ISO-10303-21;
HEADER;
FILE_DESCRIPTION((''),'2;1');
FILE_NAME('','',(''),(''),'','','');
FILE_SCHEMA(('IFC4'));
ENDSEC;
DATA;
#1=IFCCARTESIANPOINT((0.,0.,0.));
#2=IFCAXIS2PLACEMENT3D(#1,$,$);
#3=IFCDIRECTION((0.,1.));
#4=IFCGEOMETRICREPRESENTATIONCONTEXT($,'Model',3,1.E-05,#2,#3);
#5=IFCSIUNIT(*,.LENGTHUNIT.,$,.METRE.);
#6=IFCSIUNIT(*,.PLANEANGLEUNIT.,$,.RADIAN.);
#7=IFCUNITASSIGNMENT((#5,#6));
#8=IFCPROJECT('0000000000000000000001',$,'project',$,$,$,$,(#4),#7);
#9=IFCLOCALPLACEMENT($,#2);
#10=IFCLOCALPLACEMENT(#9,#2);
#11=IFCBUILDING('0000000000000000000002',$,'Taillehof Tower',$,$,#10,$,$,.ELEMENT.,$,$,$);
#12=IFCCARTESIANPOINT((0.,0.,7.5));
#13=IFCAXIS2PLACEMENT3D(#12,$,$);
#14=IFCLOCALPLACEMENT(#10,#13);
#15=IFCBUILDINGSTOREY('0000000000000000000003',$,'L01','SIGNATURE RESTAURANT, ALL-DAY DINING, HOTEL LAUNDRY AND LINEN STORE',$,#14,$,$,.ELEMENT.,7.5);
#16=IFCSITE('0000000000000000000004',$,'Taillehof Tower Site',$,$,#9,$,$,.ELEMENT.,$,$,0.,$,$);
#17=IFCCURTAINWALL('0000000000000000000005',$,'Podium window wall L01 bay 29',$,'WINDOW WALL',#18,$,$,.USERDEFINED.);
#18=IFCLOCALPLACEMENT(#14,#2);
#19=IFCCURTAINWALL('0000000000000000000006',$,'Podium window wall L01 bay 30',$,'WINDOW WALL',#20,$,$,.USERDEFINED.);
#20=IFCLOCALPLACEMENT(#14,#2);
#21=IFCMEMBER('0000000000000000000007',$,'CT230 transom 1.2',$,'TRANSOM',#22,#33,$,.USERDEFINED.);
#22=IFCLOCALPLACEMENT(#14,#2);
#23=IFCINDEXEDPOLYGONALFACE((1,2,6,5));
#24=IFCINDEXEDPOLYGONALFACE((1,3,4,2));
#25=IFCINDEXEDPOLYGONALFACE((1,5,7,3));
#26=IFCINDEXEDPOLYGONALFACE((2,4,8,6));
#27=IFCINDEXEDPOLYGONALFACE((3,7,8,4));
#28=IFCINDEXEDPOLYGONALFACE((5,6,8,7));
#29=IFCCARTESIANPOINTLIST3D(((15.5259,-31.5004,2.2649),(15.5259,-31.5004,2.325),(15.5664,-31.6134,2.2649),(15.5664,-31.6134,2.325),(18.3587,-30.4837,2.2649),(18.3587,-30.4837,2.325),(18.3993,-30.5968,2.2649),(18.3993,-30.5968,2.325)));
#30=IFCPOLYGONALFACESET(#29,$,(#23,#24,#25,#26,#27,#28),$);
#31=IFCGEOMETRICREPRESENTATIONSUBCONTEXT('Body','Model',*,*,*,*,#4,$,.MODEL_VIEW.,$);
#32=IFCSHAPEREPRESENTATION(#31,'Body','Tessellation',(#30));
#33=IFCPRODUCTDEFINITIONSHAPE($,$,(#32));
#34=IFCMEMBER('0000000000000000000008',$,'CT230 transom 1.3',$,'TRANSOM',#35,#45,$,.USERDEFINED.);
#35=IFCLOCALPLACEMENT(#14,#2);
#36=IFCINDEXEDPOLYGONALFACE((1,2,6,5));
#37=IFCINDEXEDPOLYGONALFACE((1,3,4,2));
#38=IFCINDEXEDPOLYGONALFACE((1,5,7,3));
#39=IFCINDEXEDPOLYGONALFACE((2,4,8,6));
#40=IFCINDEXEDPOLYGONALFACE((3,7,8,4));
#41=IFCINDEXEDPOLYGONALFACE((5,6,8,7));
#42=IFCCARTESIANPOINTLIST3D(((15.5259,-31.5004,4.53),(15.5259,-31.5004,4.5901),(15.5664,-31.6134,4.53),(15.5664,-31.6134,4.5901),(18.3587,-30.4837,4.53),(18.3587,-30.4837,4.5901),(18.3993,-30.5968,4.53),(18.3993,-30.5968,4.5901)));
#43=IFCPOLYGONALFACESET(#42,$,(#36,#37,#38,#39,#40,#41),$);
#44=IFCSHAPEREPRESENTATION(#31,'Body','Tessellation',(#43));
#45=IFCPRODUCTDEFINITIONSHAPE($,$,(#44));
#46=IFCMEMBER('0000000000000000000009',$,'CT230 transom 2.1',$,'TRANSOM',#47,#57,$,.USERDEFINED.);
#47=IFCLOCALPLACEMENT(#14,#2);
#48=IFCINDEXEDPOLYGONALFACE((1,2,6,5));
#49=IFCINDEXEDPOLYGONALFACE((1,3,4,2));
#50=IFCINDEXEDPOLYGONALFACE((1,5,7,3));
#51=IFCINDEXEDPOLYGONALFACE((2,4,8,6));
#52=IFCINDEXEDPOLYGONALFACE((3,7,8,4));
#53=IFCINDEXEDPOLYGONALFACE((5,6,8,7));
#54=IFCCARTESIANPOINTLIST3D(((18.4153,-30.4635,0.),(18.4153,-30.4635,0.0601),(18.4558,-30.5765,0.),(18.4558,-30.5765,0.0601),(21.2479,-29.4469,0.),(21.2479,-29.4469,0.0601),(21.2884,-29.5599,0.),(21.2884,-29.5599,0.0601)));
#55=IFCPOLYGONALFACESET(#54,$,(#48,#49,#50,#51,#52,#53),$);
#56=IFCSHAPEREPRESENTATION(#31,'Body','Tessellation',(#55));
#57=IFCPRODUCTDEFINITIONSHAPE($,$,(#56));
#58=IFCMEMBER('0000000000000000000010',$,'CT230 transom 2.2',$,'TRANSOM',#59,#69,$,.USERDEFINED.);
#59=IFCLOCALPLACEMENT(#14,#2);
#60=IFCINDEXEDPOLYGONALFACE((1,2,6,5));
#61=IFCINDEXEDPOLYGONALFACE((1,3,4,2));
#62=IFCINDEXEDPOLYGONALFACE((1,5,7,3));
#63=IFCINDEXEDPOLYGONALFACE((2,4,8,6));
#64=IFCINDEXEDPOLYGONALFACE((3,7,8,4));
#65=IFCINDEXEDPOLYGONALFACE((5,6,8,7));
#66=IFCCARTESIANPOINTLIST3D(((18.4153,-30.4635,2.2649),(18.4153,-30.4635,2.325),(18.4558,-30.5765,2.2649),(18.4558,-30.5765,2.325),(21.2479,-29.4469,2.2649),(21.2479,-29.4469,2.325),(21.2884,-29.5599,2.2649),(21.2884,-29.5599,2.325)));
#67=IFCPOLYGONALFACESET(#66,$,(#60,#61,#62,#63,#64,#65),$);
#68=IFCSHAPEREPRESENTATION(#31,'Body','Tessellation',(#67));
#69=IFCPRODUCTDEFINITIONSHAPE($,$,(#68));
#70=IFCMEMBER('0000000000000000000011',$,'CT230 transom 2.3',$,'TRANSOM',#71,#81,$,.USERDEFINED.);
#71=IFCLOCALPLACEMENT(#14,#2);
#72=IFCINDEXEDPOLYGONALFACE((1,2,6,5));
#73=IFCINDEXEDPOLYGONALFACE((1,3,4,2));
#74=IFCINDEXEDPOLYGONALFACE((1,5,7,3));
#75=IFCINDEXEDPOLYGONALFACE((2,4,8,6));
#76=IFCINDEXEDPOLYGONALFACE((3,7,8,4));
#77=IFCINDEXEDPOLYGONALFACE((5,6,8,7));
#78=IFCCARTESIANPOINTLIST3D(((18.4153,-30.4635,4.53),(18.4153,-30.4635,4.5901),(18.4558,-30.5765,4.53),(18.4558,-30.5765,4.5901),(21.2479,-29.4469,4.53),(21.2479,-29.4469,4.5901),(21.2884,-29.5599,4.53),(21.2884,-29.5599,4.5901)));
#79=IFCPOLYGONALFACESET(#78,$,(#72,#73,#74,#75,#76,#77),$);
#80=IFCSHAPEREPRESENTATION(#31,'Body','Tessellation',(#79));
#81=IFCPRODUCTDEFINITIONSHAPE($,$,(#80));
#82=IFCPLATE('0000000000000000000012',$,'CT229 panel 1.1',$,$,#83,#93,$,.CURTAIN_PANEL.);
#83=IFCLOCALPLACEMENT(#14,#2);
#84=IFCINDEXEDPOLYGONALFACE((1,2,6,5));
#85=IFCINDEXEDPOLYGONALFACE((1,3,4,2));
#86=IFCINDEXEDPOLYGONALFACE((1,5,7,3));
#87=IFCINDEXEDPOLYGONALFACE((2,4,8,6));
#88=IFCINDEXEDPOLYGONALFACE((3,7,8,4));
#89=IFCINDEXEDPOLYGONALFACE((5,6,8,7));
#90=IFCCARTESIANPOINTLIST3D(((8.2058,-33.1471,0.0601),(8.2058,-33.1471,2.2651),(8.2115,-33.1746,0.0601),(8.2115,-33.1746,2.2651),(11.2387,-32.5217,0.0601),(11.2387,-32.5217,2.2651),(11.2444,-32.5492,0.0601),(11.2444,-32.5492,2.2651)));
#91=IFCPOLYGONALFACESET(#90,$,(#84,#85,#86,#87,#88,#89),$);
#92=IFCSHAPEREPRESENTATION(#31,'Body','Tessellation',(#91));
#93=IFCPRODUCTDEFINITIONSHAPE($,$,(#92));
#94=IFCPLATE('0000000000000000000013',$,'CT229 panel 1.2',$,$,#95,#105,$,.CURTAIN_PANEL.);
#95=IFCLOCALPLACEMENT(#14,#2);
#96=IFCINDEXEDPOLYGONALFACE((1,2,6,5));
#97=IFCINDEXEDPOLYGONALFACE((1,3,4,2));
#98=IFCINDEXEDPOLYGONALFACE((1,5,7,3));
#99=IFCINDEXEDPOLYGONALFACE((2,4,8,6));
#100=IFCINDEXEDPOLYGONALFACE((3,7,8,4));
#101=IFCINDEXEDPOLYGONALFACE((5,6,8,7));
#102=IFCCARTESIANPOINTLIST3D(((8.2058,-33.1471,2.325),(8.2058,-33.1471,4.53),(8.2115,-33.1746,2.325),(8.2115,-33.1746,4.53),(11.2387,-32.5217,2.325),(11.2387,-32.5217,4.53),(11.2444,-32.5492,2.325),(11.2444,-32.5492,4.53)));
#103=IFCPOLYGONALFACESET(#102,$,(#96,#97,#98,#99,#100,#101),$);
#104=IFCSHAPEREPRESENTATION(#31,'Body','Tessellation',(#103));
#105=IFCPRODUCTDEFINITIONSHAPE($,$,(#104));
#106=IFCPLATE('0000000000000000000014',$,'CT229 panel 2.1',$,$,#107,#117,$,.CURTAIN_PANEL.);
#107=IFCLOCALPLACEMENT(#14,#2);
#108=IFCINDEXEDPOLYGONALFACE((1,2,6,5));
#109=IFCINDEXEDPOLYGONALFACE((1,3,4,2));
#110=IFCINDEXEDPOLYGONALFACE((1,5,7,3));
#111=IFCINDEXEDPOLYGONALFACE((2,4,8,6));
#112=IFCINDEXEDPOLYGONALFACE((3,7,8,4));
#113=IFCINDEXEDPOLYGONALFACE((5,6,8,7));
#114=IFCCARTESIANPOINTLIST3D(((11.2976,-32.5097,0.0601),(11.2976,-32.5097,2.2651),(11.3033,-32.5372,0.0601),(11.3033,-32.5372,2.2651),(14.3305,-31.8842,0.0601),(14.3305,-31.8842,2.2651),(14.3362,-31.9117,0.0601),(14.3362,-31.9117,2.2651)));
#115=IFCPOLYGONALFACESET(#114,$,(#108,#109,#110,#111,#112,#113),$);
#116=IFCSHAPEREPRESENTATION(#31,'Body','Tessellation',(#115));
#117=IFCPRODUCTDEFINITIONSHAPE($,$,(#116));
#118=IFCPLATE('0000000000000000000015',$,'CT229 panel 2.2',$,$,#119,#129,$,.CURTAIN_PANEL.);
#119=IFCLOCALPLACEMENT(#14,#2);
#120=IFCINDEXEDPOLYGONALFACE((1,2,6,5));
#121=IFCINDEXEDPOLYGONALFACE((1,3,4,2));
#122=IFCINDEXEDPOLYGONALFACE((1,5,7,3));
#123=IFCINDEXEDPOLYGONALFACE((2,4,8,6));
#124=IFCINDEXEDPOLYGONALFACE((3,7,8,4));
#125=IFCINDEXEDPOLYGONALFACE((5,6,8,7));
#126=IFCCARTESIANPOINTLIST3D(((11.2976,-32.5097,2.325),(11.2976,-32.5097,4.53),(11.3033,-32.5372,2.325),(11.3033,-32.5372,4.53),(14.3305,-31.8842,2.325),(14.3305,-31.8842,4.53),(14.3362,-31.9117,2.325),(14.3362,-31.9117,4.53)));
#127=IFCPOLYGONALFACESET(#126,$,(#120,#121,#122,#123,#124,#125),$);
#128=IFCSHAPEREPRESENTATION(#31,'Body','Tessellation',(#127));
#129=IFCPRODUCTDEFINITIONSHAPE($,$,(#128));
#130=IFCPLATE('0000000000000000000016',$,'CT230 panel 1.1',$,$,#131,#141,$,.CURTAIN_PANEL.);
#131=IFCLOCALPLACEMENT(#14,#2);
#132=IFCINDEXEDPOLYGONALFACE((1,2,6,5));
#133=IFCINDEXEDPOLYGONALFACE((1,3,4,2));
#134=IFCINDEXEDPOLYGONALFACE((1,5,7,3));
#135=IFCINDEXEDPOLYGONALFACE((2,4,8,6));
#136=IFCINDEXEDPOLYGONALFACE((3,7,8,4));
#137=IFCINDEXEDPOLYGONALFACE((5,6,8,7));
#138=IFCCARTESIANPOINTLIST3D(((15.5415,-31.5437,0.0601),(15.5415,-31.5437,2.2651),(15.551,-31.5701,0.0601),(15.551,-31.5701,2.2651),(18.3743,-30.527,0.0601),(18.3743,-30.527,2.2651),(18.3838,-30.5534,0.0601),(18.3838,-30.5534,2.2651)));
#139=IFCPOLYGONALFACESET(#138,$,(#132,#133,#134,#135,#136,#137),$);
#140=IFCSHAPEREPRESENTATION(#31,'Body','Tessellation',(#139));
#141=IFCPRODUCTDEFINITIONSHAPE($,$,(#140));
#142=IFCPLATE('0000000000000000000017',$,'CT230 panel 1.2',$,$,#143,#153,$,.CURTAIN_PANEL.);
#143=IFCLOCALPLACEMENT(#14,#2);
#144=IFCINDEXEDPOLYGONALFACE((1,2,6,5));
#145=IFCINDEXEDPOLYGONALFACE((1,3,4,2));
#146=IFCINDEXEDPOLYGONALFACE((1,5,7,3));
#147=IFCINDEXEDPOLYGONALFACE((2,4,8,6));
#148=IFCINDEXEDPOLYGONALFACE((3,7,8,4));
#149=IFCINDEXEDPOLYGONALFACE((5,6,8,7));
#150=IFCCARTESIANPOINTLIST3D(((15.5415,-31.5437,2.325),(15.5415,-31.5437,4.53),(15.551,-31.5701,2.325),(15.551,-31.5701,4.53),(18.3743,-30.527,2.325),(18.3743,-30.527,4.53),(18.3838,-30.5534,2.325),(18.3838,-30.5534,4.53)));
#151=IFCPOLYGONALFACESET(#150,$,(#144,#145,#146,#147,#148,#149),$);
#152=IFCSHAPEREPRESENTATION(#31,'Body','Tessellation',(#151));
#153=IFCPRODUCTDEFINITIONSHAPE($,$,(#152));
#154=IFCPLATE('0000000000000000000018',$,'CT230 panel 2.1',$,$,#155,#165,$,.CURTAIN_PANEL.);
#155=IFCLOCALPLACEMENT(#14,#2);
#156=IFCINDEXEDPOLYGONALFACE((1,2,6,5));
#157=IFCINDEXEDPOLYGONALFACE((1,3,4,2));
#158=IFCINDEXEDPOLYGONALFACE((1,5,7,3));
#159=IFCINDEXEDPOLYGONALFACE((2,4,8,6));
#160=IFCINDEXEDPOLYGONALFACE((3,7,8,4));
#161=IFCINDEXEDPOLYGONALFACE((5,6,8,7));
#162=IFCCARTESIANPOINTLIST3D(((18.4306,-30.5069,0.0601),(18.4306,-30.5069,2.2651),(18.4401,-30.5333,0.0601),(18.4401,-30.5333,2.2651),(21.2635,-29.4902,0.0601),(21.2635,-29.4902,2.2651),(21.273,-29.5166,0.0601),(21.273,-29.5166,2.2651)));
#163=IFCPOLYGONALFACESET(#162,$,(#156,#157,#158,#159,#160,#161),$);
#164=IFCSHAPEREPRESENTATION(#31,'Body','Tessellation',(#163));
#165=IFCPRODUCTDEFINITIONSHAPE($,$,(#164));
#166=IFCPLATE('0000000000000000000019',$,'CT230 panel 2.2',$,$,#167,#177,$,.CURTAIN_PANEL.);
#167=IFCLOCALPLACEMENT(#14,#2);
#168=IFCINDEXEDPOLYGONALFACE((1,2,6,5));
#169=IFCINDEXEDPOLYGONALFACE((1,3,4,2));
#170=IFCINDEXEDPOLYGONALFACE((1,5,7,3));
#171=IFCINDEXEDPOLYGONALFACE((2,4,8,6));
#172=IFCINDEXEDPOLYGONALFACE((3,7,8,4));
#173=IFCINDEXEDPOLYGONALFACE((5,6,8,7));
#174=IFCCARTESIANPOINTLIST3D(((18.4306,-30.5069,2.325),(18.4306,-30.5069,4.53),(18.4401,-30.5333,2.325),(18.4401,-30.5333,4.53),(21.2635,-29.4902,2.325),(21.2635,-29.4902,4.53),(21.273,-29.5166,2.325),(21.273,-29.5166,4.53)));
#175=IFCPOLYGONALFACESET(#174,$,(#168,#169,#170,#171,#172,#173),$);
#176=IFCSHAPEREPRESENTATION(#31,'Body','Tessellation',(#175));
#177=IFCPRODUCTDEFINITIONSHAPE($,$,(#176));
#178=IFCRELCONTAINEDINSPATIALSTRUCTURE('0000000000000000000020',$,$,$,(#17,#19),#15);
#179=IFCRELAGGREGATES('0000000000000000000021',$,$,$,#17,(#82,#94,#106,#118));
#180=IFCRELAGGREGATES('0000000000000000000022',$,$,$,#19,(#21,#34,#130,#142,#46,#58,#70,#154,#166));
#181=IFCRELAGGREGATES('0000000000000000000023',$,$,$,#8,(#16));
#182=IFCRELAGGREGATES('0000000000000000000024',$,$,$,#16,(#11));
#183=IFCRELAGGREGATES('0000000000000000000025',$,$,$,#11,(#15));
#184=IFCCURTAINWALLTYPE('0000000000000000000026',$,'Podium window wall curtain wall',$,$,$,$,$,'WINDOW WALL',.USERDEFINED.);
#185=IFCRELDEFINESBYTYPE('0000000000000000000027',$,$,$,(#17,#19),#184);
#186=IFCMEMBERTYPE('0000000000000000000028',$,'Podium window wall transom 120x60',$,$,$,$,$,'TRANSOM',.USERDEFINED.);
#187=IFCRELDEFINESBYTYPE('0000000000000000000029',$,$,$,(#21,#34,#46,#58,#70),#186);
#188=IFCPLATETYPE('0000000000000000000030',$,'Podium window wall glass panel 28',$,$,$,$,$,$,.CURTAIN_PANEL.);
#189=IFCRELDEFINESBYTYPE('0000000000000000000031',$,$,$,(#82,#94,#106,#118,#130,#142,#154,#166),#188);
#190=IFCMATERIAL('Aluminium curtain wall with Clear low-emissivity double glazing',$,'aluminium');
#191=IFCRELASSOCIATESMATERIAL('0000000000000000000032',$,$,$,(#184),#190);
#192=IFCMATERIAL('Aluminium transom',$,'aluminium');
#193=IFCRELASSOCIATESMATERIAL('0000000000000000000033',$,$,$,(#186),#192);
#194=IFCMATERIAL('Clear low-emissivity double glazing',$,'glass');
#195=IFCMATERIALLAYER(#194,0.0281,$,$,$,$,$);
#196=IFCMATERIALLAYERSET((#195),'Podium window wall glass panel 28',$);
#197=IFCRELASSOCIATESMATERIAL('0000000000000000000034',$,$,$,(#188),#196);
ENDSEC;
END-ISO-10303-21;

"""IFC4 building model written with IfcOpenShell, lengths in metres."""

from ifc_helpers import new_model, si_unit, direction, frame, origin, origin_2d, place, context, subcontext, project, spatial, rectangle, extrude, material, layer, layer_set, material_profile, profile_set, type_object, element, aggregate, save


model = new_model("IFC4")

# Units and contexts
model_context = context("Model", 3, precision=1e-05, world=origin(), true_north=direction((0.0, 1.0)))
body_context = subcontext(model_context, "Body", "Model", "MODEL_VIEW")
ifc_project = project(units=[si_unit("LENGTHUNIT", "METRE"), si_unit("PLANEANGLEUNIT", "RADIAN")], contexts=[model_context])

# Site, building, storey
site_placement = place(None, origin())
site = spatial("IfcSite", under=ifc_project, at=site_placement, Name="Taillehof Tower Site", CompositionType="ELEMENT", RefElevation=0.0)
building_placement = place(site_placement, origin())
building = spatial("IfcBuilding", under=site, at=building_placement, Name="Taillehof Tower", CompositionType="ELEMENT")
storey_placement = place(building_placement, frame((0.0, 0.0, 7.5)))
storey = spatial("IfcBuildingStorey", under=building, at=storey_placement, Name="L01", Description="SIGNATURE RESTAURANT, ALL-DAY DINING, HOTEL LAUNDRY AND LINEN STORE", CompositionType="ELEMENT", Elevation=7.5)

# Curtain walls
ifc_material_1 = material(Name="Aluminium curtain wall with Clear low-emissivity double glazing", Category="aluminium")
curtain_wall_type = type_object("IfcCurtainWallType", Name="Podium window wall curtain wall", ElementType="WINDOW WALL", PredefinedType="USERDEFINED", material=ifc_material_1)
curtain_wall_1_placement = place(storey_placement, origin())
curtain_wall_1 = element("IfcCurtainWall", 1, at=curtain_wall_1_placement, inside=storey, type_object=curtain_wall_type, Name="Podium window wall L01 bay 29", ObjectType="WINDOW WALL", PredefinedType="USERDEFINED")
curtain_wall_2_placement = place(storey_placement, origin())
curtain_wall_2 = element("IfcCurtainWall", 2, at=curtain_wall_2_placement, inside=storey, type_object=curtain_wall_type, Name="Podium window wall L01 bay 30", ObjectType="WINDOW WALL", PredefinedType="USERDEFINED")

# Members
ifc_material_2 = material(Name="Aluminium transom", Category="aluminium")
ifc_material_profile_1 = material_profile(ifc_material_2, rectangle(XDim=0.1201, YDim=0.0601, at=origin_2d()), Name="AL 120x60")
ifc_profile_set_1 = profile_set([ifc_material_profile_1], Name="Aluminium transom")
member_type_1 = type_object("IfcMemberType", Name="Podium window wall transom 120x60", ElementType="TRANSOM", PredefinedType="USERDEFINED", material=ifc_profile_set_1)
member_1_placement = place(storey_placement, frame((15.5461, -31.5569, 2.2949), z_axis=(0.941225, 0.33778, 0.0), x_axis=(-0.33778, 0.941225, 0.0)))
member_1 = element("IfcMember", 3, at=member_1_placement, type_object=member_type_1, Name="CT230 transom 1.2", ObjectType="TRANSOM", PredefinedType="USERDEFINED", context=body_context, shape_type="SweptSolid", body=[
    extrude(rectangle(XDim=0.1201, YDim=0.0601, at=origin_2d()), origin(), (0.0, 0.0, 1.0), 3.0098),
])
member_2_placement = place(storey_placement, frame((15.5461, -31.5569, 4.5601), z_axis=(0.941225, 0.33778, 0.0), x_axis=(-0.33778, 0.941225, 0.0)))
member_2 = element("IfcMember", 4, at=member_2_placement, type_object=member_type_1, Name="CT230 transom 1.3", ObjectType="TRANSOM", PredefinedType="USERDEFINED", context=body_context, shape_type="SweptSolid", body=[
    extrude(rectangle(XDim=0.1201, YDim=0.0601, at=origin_2d()), origin(), (0.0, 0.0, 1.0), 3.0098),
])
member_3_placement = place(storey_placement, frame((18.4355, -30.52, 0.03), z_axis=(0.941216, 0.337806, 0.0), x_axis=(-0.337806, 0.941216, 0.0)))
member_3 = element("IfcMember", 5, at=member_3_placement, type_object=member_type_1, Name="CT230 transom 2.1", ObjectType="TRANSOM", PredefinedType="USERDEFINED", context=body_context, shape_type="SweptSolid", body=[
    extrude(rectangle(XDim=0.1201, YDim=0.0601, at=origin_2d()), origin(), (0.0, 0.0, 1.0), 3.0095),
])
member_4_placement = place(storey_placement, frame((18.4355, -30.52, 2.2949), z_axis=(0.941216, 0.337806, 0.0), x_axis=(-0.337806, 0.941216, 0.0)))
member_4 = element("IfcMember", 6, at=member_4_placement, type_object=member_type_1, Name="CT230 transom 2.2", ObjectType="TRANSOM", PredefinedType="USERDEFINED", context=body_context, shape_type="SweptSolid", body=[
    extrude(rectangle(XDim=0.1201, YDim=0.0601, at=origin_2d()), origin(), (0.0, 0.0, 1.0), 3.0095),
])
member_5_placement = place(storey_placement, frame((18.4355, -30.52, 4.5601), z_axis=(0.941216, 0.337806, 0.0), x_axis=(-0.337806, 0.941216, 0.0)))
member_5 = element("IfcMember", 7, at=member_5_placement, type_object=member_type_1, Name="CT230 transom 2.3", ObjectType="TRANSOM", PredefinedType="USERDEFINED", context=body_context, shape_type="SweptSolid", body=[
    extrude(rectangle(XDim=0.1201, YDim=0.0601, at=origin_2d()), origin(), (0.0, 0.0, 1.0), 3.0095),
])

# Plates
ifc_material_3 = material(Name="Clear low-emissivity double glazing", Category="glass")
ifc_layer = layer(ifc_material_3, 0.0281)
ifc_layer_set = layer_set([ifc_layer], Name="Podium window wall glass panel 28")
plate_type = type_object("IfcPlateType", Name="Podium window wall glass panel 28", PredefinedType="CURTAIN_PANEL", material=ifc_layer_set)
plate_1_placement = place(storey_placement, frame((9.7251, -32.8481, 0.0601), z_axis=(0.0, 0.0, 1.0), x_axis=(0.97939, 0.201976, 0.0)))
plate_1 = element("IfcPlate", 8, at=plate_1_placement, type_object=plate_type, Name="CT229 panel 1.1", PredefinedType="CURTAIN_PANEL", context=body_context, shape_type="SweptSolid", body=[
    extrude(rectangle(XDim=3.0967, YDim=0.0281, at=origin_2d()), origin(), (0.0, 0.0, 1.0), 2.2051),
])
plate_2_placement = place(storey_placement, frame((9.7251, -32.8481, 2.325), z_axis=(0.0, 0.0, 1.0), x_axis=(0.97939, 0.201976, 0.0)))
plate_2 = element("IfcPlate", 9, at=plate_2_placement, type_object=plate_type, Name="CT229 panel 1.2", PredefinedType="CURTAIN_PANEL", context=body_context, shape_type="SweptSolid", body=[
    extrude(rectangle(XDim=3.0967, YDim=0.0281, at=origin_2d()), origin(), (0.0, 0.0, 1.0), 2.2051),
])
plate_3_placement = place(storey_placement, frame((12.8169, -32.2107, 0.0601), z_axis=(0.0, 0.0, 1.0), x_axis=(0.97939, 0.201976, 0.0)))
plate_3 = element("IfcPlate", 10, at=plate_3_placement, type_object=plate_type, Name="CT229 panel 2.1", PredefinedType="CURTAIN_PANEL", context=body_context, shape_type="SweptSolid", body=[
    extrude(rectangle(XDim=3.0967, YDim=0.0281, at=origin_2d()), origin(), (0.0, 0.0, 1.0), 2.2051),
])
plate_4_placement = place(storey_placement, frame((12.8169, -32.2107, 2.325), z_axis=(0.0, 0.0, 1.0), x_axis=(0.97939, 0.201976, 0.0)))
plate_4 = element("IfcPlate", 11, at=plate_4_placement, type_object=plate_type, Name="CT229 panel 2.2", PredefinedType="CURTAIN_PANEL", context=body_context, shape_type="SweptSolid", body=[
    extrude(rectangle(XDim=3.0967, YDim=0.0281, at=origin_2d()), origin(), (0.0, 0.0, 1.0), 2.2051),
])
aggregate(curtain_wall_1, [plate_1, plate_2, plate_3, plate_4])
plate_5_placement = place(storey_placement, frame((16.9626, -31.0486, 0.0601), z_axis=(0.0, 0.0, 1.0), x_axis=(0.941218, 0.337799, 0.0)))
plate_5 = element("IfcPlate", 12, at=plate_5_placement, type_object=plate_type, Name="CT230 panel 1.1", PredefinedType="CURTAIN_PANEL", context=body_context, shape_type="SweptSolid", body=[
    extrude(rectangle(XDim=3.0098, YDim=0.0281, at=origin_2d()), origin(), (0.0, 0.0, 1.0), 2.2051),
])
plate_6_placement = place(storey_placement, frame((16.9626, -31.0486, 2.325), z_axis=(0.0, 0.0, 1.0), x_axis=(0.941218, 0.337799, 0.0)))
plate_6 = element("IfcPlate", 13, at=plate_6_placement, type_object=plate_type, Name="CT230 panel 1.2", PredefinedType="CURTAIN_PANEL", context=body_context, shape_type="SweptSolid", body=[
    extrude(rectangle(XDim=3.0098, YDim=0.0281, at=origin_2d()), origin(), (0.0, 0.0, 1.0), 2.2051),
])
plate_7_placement = place(storey_placement, frame((19.8518, -30.0117, 0.0601), z_axis=(0.0, 0.0, 1.0), x_axis=(0.941218, 0.337799, 0.0)))
plate_7 = element("IfcPlate", 14, at=plate_7_placement, type_object=plate_type, Name="CT230 panel 2.1", PredefinedType="CURTAIN_PANEL", context=body_context, shape_type="SweptSolid", body=[
    extrude(rectangle(XDim=3.0098, YDim=0.0281, at=origin_2d()), origin(), (0.0, 0.0, 1.0), 2.2051),
])
plate_8_placement = place(storey_placement, frame((19.8518, -30.0117, 2.325), z_axis=(0.0, 0.0, 1.0), x_axis=(0.941218, 0.337799, 0.0)))
plate_8 = element("IfcPlate", 15, at=plate_8_placement, type_object=plate_type, Name="CT230 panel 2.2", PredefinedType="CURTAIN_PANEL", context=body_context, shape_type="SweptSolid", body=[
    extrude(rectangle(XDim=3.0098, YDim=0.0281, at=origin_2d()), origin(), (0.0, 0.0, 1.0), 2.2051),
])
aggregate(curtain_wall_2, [member_1, member_2, plate_5, plate_6, member_3, member_4, member_5, plate_7, plate_8])

save(model, "model.ifc")
